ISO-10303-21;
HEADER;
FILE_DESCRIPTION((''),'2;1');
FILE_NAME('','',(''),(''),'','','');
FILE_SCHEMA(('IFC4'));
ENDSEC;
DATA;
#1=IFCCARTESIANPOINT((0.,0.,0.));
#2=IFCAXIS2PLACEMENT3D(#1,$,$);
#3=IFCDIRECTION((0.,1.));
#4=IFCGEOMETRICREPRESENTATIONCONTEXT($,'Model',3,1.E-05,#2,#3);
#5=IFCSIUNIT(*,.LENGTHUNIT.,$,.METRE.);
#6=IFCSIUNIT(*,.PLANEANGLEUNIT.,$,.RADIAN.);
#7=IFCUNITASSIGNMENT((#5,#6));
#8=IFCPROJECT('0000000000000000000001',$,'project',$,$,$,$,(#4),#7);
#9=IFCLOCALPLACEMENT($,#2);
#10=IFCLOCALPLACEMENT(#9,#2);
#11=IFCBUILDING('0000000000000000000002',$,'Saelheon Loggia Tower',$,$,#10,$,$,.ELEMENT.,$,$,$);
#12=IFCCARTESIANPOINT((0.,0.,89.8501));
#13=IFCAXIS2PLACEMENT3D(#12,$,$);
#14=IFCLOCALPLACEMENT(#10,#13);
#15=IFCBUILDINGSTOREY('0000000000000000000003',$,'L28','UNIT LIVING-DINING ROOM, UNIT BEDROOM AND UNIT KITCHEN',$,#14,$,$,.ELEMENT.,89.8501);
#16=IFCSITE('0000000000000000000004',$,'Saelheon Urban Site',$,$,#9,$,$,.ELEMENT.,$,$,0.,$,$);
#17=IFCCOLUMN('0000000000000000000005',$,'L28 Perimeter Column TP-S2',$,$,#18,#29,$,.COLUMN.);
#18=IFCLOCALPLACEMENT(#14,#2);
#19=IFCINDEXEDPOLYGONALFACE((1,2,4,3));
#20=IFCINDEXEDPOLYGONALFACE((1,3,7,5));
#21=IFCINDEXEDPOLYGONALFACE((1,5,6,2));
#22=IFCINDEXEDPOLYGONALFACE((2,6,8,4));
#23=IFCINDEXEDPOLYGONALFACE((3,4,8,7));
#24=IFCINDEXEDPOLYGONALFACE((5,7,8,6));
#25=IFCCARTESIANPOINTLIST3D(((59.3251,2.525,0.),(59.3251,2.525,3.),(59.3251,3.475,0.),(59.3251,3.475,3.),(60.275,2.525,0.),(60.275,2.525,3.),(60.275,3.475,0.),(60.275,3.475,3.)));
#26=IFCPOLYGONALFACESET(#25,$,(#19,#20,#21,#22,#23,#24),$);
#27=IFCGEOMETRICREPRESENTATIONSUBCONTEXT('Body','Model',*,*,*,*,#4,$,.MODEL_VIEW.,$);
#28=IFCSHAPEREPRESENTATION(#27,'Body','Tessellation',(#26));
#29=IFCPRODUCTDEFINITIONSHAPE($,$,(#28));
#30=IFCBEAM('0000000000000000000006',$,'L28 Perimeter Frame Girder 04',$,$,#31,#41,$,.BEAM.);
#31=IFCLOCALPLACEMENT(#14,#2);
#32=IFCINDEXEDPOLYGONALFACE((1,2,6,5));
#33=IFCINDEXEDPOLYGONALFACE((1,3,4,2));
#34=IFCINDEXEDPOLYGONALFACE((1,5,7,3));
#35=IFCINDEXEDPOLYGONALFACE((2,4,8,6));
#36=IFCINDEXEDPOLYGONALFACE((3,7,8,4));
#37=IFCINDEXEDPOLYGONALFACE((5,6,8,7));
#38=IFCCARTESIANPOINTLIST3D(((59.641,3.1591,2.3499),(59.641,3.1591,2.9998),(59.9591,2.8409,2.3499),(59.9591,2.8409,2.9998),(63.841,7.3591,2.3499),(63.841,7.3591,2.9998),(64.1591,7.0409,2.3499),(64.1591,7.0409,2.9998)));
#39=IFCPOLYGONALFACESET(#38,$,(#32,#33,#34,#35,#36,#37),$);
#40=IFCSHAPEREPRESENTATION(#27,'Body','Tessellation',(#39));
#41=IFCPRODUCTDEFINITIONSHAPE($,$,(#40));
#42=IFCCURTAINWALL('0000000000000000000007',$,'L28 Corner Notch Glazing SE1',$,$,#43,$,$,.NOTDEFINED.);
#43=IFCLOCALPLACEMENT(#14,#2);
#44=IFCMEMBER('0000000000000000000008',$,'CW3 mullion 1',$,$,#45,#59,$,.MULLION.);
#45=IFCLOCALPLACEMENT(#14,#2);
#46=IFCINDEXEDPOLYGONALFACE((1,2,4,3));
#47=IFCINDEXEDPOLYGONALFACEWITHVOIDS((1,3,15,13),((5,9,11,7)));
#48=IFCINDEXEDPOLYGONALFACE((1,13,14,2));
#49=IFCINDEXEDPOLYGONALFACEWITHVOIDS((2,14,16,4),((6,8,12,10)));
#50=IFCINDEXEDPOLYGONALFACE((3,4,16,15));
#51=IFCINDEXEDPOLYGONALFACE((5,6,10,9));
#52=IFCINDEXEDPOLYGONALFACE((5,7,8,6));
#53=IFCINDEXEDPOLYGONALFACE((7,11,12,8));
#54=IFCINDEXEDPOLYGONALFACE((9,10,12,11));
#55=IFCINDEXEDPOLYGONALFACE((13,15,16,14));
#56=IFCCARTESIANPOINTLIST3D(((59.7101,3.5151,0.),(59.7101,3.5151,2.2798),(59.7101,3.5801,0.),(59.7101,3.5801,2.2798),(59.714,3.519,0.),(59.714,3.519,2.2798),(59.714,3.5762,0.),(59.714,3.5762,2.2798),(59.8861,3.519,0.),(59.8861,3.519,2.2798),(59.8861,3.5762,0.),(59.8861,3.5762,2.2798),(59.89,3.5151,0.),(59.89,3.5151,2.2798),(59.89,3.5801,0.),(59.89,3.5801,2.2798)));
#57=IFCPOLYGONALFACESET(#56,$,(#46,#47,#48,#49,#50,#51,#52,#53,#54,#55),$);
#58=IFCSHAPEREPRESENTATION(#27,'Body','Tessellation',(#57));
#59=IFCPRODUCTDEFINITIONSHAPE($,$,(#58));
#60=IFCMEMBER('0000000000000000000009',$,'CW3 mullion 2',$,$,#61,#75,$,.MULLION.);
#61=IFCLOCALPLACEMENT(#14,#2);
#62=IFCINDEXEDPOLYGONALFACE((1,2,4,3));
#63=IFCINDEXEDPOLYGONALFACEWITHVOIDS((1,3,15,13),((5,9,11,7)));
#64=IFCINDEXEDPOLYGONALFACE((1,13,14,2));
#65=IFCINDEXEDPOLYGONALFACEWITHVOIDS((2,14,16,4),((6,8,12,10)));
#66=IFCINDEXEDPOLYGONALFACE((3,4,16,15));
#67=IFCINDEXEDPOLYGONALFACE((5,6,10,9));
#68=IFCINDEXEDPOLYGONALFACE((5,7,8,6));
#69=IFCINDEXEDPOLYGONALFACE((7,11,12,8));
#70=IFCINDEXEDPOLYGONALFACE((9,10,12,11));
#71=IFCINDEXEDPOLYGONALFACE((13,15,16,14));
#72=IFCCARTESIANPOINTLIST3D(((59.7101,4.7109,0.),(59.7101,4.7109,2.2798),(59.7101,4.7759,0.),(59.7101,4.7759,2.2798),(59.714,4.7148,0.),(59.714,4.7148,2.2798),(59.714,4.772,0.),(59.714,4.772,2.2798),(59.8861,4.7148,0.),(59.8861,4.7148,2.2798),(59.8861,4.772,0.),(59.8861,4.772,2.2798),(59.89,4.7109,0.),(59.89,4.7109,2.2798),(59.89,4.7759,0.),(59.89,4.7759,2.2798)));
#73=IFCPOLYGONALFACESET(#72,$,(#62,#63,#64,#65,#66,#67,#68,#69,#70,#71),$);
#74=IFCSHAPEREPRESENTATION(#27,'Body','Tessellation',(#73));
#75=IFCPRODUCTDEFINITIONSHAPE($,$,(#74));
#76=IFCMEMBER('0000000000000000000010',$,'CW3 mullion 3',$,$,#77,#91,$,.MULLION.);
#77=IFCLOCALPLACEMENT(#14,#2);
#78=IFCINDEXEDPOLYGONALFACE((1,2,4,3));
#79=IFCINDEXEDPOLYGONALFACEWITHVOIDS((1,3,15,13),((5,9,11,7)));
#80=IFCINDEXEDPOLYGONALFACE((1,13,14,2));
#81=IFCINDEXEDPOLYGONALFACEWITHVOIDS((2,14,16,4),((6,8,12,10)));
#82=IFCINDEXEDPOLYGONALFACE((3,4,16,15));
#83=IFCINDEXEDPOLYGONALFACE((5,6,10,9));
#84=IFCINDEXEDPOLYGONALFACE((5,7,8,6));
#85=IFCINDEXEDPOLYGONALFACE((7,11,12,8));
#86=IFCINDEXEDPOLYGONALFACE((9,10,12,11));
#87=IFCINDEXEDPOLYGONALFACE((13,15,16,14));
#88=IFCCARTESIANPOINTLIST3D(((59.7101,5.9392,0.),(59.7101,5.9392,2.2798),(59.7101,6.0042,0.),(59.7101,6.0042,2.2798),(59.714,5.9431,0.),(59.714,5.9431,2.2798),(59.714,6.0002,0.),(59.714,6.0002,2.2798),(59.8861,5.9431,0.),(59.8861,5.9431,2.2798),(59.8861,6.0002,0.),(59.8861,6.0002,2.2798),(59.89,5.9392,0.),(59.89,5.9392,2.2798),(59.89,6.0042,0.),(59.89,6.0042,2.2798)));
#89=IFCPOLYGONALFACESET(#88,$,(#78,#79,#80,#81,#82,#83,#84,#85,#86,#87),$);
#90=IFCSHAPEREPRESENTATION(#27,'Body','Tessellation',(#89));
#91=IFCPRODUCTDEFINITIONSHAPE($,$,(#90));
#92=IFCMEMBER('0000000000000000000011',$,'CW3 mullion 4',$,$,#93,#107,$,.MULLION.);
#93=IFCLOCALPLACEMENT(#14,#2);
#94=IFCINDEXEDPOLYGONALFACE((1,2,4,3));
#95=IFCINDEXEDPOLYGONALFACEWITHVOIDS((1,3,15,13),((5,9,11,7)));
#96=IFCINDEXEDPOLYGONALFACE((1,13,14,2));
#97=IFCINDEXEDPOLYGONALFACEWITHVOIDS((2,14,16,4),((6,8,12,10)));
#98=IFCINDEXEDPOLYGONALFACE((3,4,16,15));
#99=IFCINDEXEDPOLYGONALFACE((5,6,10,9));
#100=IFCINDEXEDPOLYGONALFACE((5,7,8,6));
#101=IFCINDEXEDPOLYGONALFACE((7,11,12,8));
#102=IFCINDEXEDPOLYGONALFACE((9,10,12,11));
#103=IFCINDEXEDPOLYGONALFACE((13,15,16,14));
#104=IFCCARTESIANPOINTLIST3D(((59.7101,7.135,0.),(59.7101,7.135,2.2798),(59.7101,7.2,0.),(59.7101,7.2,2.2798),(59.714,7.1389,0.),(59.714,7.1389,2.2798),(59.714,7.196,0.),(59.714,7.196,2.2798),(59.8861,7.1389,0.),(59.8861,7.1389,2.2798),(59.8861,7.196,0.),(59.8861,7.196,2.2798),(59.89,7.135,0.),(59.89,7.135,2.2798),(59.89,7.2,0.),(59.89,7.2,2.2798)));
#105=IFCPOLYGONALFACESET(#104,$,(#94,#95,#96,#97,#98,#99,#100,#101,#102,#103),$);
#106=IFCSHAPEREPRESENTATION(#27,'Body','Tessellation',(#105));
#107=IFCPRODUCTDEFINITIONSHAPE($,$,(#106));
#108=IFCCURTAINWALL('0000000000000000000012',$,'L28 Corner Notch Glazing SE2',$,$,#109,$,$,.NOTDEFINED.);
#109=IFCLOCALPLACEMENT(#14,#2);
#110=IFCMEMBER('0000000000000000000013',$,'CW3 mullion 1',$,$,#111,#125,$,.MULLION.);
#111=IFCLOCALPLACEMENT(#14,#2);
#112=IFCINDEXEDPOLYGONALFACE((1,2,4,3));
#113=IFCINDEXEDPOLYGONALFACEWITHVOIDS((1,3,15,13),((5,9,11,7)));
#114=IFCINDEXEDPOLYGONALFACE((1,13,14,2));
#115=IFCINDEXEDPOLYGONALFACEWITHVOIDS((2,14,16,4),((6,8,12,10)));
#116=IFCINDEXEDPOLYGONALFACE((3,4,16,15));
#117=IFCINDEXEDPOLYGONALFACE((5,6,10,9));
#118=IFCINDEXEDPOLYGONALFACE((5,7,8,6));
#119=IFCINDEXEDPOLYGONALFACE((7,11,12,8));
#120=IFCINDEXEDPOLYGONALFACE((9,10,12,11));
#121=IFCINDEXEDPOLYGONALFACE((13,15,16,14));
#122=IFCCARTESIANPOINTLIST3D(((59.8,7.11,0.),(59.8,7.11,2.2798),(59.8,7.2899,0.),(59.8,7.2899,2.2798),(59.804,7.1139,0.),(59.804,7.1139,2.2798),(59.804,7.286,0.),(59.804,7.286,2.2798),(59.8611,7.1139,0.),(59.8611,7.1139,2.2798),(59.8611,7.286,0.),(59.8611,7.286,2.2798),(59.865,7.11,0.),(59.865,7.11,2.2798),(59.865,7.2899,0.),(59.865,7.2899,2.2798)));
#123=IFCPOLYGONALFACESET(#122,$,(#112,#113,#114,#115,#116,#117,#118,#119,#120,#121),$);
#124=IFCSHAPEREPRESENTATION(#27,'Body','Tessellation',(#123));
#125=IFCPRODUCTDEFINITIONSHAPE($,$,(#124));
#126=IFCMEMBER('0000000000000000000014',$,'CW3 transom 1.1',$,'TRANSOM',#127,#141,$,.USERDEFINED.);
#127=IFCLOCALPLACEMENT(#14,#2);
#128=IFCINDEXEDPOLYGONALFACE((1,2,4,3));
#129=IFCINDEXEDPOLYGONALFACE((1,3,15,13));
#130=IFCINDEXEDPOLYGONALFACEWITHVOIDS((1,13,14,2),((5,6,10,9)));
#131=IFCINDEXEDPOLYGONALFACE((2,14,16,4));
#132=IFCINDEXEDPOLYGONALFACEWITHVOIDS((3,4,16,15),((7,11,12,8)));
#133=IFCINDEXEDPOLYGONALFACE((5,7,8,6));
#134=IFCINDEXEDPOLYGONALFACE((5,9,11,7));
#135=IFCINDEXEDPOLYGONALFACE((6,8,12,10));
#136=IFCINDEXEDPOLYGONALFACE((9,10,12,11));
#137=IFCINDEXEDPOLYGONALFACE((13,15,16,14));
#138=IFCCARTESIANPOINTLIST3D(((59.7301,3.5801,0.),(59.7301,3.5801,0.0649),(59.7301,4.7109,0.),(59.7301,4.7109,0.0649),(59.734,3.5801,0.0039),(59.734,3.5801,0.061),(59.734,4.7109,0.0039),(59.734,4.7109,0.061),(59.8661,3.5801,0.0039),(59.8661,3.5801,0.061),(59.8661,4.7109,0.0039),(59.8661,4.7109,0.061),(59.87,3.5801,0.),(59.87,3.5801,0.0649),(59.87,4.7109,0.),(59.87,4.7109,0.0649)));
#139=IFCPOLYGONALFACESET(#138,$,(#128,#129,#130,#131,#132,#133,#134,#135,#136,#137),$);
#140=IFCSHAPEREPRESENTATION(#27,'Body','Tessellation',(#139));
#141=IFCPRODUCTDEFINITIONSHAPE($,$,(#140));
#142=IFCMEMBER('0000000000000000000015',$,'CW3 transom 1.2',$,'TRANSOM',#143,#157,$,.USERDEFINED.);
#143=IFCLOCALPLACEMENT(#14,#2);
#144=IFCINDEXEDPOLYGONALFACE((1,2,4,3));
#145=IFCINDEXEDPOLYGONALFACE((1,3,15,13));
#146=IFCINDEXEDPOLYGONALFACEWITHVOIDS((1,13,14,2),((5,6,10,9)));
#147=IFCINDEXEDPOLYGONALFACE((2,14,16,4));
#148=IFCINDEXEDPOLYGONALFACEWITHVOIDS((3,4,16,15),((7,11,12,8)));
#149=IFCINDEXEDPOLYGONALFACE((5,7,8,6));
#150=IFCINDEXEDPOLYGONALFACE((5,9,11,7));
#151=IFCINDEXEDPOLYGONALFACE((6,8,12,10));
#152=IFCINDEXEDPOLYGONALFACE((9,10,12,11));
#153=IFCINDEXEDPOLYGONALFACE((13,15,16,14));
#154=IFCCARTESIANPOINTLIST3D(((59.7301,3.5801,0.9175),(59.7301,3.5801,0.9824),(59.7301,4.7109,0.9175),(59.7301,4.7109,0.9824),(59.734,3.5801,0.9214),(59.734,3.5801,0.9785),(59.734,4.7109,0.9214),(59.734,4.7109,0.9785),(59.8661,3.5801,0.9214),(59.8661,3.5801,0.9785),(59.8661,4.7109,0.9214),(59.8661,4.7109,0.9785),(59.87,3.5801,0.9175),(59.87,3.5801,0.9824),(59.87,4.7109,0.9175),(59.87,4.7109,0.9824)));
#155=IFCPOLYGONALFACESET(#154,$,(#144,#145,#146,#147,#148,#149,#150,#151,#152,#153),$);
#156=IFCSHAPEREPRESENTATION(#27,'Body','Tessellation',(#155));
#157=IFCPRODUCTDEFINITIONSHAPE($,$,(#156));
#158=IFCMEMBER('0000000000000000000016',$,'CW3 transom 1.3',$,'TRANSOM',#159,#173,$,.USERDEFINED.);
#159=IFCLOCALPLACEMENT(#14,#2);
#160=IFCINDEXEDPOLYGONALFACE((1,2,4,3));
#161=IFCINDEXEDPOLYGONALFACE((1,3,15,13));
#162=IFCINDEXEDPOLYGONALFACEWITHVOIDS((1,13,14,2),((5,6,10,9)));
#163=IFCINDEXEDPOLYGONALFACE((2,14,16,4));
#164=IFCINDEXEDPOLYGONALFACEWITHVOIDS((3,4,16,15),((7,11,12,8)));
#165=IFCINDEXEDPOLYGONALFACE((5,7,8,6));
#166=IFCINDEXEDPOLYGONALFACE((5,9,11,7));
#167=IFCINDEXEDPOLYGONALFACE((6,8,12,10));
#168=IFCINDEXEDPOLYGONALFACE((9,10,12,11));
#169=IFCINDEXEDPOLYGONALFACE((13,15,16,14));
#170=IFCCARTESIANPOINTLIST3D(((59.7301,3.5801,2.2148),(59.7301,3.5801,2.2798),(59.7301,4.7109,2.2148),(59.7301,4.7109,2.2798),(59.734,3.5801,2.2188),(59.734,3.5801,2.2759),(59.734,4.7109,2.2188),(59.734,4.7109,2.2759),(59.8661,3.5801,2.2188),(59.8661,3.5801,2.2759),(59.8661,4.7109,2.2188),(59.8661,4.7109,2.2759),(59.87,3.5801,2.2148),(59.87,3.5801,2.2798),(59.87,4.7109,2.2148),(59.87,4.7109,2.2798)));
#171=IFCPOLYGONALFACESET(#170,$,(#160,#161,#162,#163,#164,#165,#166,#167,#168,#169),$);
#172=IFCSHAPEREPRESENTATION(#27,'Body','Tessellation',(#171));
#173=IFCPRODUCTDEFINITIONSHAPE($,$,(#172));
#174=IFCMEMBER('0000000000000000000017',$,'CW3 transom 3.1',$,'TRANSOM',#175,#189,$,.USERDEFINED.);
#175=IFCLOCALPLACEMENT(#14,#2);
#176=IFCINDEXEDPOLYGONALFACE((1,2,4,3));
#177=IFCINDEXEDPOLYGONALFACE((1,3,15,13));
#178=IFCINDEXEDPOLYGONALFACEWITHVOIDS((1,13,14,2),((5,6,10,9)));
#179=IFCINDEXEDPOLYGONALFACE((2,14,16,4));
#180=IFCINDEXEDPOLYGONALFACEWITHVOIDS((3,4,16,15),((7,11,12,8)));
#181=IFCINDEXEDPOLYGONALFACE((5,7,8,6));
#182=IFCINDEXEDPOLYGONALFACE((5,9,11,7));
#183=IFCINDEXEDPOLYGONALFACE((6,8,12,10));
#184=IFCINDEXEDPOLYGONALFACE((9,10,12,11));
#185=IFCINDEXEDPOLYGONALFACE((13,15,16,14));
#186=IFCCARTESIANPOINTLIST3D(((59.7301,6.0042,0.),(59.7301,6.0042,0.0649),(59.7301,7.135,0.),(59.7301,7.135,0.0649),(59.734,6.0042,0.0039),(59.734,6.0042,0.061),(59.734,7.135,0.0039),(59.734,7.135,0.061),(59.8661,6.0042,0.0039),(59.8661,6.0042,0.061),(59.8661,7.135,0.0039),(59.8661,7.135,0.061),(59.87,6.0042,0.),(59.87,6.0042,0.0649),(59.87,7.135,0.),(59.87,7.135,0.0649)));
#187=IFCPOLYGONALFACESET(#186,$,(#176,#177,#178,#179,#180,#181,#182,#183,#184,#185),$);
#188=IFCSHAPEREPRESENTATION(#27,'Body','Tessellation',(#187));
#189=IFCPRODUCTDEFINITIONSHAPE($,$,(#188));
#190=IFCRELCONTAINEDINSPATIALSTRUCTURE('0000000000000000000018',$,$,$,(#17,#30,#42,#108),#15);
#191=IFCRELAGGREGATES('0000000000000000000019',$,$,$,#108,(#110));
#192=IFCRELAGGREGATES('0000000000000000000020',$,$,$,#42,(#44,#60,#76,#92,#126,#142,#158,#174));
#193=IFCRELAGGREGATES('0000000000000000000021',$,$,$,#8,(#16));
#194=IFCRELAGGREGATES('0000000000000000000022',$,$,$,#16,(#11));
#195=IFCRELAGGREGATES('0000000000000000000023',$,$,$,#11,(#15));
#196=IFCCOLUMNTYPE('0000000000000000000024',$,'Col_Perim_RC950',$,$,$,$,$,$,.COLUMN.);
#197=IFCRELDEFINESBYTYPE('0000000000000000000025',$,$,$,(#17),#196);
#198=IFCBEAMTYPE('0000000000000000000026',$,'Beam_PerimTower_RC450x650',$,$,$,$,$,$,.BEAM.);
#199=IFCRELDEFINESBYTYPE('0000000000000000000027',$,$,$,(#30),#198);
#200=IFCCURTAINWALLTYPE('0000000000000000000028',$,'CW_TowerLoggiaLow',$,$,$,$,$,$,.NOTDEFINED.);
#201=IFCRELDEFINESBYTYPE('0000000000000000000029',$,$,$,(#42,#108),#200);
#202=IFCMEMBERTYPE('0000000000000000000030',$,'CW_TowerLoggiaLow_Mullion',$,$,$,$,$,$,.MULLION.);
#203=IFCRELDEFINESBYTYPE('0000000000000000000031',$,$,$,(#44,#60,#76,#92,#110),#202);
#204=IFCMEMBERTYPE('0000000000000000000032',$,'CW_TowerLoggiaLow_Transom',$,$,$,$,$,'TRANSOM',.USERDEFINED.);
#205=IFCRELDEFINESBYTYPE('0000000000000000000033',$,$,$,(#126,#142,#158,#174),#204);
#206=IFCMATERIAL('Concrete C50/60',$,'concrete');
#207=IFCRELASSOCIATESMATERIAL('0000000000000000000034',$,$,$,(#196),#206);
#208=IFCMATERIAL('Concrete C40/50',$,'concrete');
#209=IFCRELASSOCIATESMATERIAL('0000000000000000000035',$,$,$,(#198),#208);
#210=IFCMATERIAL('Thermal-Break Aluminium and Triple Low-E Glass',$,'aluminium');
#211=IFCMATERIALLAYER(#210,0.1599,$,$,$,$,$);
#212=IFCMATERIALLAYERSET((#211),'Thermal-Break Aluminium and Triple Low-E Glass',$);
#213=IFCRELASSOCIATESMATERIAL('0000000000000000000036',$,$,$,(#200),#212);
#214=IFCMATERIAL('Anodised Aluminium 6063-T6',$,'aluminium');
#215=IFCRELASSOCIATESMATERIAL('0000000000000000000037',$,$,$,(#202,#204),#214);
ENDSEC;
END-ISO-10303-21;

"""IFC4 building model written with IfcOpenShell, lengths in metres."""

from ifc_helpers import new_model, si_unit, direction, frame, origin, origin_2d, place, context, subcontext, project, spatial, rectangle, hollow_rectangle, extrude, source, transform, mapped, material, layer, layer_set, material_profile, profile_set, type_object, element, aggregate, save


model = new_model("IFC4")

# Units and contexts
model_context = context("Model", 3, precision=1e-05, world=origin(), true_north=direction((0.0, 1.0)))
body_context = subcontext(model_context, "Body", "Model", "MODEL_VIEW")
ifc_project = project(units=[si_unit("LENGTHUNIT", "METRE"), si_unit("PLANEANGLEUNIT", "RADIAN")], contexts=[model_context])

# Site, building, storey
site_placement = place(None, origin())
site = spatial("IfcSite", under=ifc_project, at=site_placement, Name="Saelheon Urban Site", CompositionType="ELEMENT", RefElevation=0.0)
building_placement = place(site_placement, origin())
building = spatial("IfcBuilding", under=site, at=building_placement, Name="Saelheon Loggia Tower", CompositionType="ELEMENT")
storey_placement = place(building_placement, frame((0.0, 0.0, 89.8501)))
storey = spatial("IfcBuildingStorey", under=building, at=storey_placement, Name="L28", Description="UNIT LIVING-DINING ROOM, UNIT BEDROOM AND UNIT KITCHEN", CompositionType="ELEMENT", Elevation=89.8501)

# Column
ifc_material_1 = material(Name="Concrete C50/60", Category="concrete")
ifc_material_profile_1 = material_profile(ifc_material_1, rectangle(XDim=0.95, YDim=0.95, at=origin_2d()), Name="RC-950x950")
ifc_profile_set_1 = profile_set([ifc_material_profile_1], Name="Concrete C50/60")
column_type = type_object("IfcColumnType", Name="Col_Perim_RC950", PredefinedType="COLUMN", material=ifc_profile_set_1)
shared_shape_1 = source(origin(), body_context, "Body", "SweptSolid", [
    extrude(rectangle(XDim=0.95, YDim=0.95, at=origin_2d()), origin(), (0.0, 0.0, 1.0), 3.0),
])
column_placement = place(storey_placement, frame((59.8, 3.0, 0.0), z_axis=(0.0, 0.0, 1.0), x_axis=(1.0, 0.0, 0.0)))
element("IfcColumn", 1, at=column_placement, inside=storey, type_object=column_type, Name="L28 Perimeter Column TP-S2", PredefinedType="COLUMN", context=body_context, shape_type="MappedRepresentation", body=[
    mapped(shared_shape_1, transform((0.0, 0.0, 0.0), scale=1.0)),
])

# Beam
ifc_material_2 = material(Name="Concrete C40/50", Category="concrete")
ifc_material_profile_2 = material_profile(ifc_material_2, rectangle(XDim=0.45, YDim=0.6499, at=origin_2d()), Name="RC-450x650")
ifc_profile_set_2 = profile_set([ifc_material_profile_2], Name="Concrete C40/50")
beam_type = type_object("IfcBeamType", Name="Beam_PerimTower_RC450x650", PredefinedType="BEAM", material=ifc_profile_set_2)
shared_shape_2 = source(origin(), body_context, "Body", "SweptSolid", [
    extrude(rectangle(XDim=0.45, YDim=0.6499, at=origin_2d()), origin(), (0.0, 0.0, 1.0), 5.9397),
])
beam_placement = place(storey_placement, frame((59.8, 3.0, 2.6748), z_axis=(0.707107, 0.707107, 0.0), x_axis=(-0.707107, 0.707107, 0.0)))
element("IfcBeam", 2, at=beam_placement, inside=storey, type_object=beam_type, Name="L28 Perimeter Frame Girder 04", PredefinedType="BEAM", context=body_context, shape_type="MappedRepresentation", body=[
    mapped(shared_shape_2, transform((0.0, 0.0, 0.0), scale=1.0)),
])

# Curtain wall, members
ifc_material_3 = material(Name="Thermal-Break Aluminium and Triple Low-E Glass", Category="aluminium")
ifc_layer_1 = layer(ifc_material_3, 0.1599)
ifc_layer_set_1 = layer_set([ifc_layer_1], Name="Thermal-Break Aluminium and Triple Low-E Glass")
curtain_wall_type = type_object("IfcCurtainWallType", Name="CW_TowerLoggiaLow", PredefinedType="NOTDEFINED", material=ifc_layer_set_1)
curtain_wall_1_placement = place(storey_placement, origin())
curtain_wall_1 = element("IfcCurtainWall", 3, at=curtain_wall_1_placement, inside=storey, type_object=curtain_wall_type, Name="L28 Corner Notch Glazing SE1", PredefinedType="NOTDEFINED")
ifc_material_4 = material(Name="Anodised Aluminium 6063-T6", Category="aluminium")
ifc_material_profile_3 = material_profile(ifc_material_4, hollow_rectangle(XDim=0.0649, YDim=0.1799, WallThickness=0.0039, at=origin_2d()), Name="RHS-180x65x4")
ifc_profile_set_3 = profile_set([ifc_material_profile_3], Name="Anodised Aluminium 6063-T6")
member_type_1 = type_object("IfcMemberType", Name="CW_TowerLoggiaLow_Mullion", PredefinedType="MULLION", material=ifc_profile_set_3)
shared_shape_3 = source(origin(), body_context, "Body", "SweptSolid", [
    extrude(hollow_rectangle(XDim=0.0649, YDim=0.1799, WallThickness=0.0039, at=origin_2d()), origin(), (0.0, 0.0, 1.0), 2.2798),
])
member_1_placement = place(storey_placement, frame((59.8, 3.5476, 0.0), z_axis=(0.0, 0.0, 1.0), x_axis=(0.0, 1.0, 0.0)))
member_1 = element("IfcMember", 4, at=member_1_placement, type_object=member_type_1, Name="CW3 mullion 1", PredefinedType="MULLION", context=body_context, shape_type="MappedRepresentation", body=[
    mapped(shared_shape_3, transform((0.0, 0.0, 0.0), scale=1.0)),
])
member_2_placement = place(storey_placement, frame((59.8, 4.7434, 0.0), z_axis=(0.0, 0.0, 1.0), x_axis=(0.0, 1.0, 0.0)))
member_2 = element("IfcMember", 5, at=member_2_placement, type_object=member_type_1, Name="CW3 mullion 2", PredefinedType="MULLION", context=body_context, shape_type="MappedRepresentation", body=[
    mapped(shared_shape_3, transform((0.0, 0.0, 0.0), scale=1.0)),
])
member_3_placement = place(storey_placement, frame((59.8, 5.9717, 0.0), z_axis=(0.0, 0.0, 1.0), x_axis=(0.0, 1.0, 0.0)))
member_3 = element("IfcMember", 6, at=member_3_placement, type_object=member_type_1, Name="CW3 mullion 3", PredefinedType="MULLION", context=body_context, shape_type="MappedRepresentation", body=[
    mapped(shared_shape_3, transform((0.0, 0.0, 0.0), scale=1.0)),
])
member_4_placement = place(storey_placement, frame((59.8, 7.1675, 0.0), z_axis=(0.0, 0.0, 1.0), x_axis=(0.0, 1.0, 0.0)))
member_4 = element("IfcMember", 7, at=member_4_placement, type_object=member_type_1, Name="CW3 mullion 4", PredefinedType="MULLION", context=body_context, shape_type="MappedRepresentation", body=[
    mapped(shared_shape_3, transform((0.0, 0.0, 0.0), scale=1.0)),
])

# Curtain wall, member
curtain_wall_2_placement = place(storey_placement, origin())
curtain_wall_2 = element("IfcCurtainWall", 8, at=curtain_wall_2_placement, inside=storey, type_object=curtain_wall_type, Name="L28 Corner Notch Glazing SE2", PredefinedType="NOTDEFINED")
member_5_placement = place(storey_placement, frame((59.8325, 7.2, 0.0), z_axis=(0.0, 0.0, 1.0), x_axis=(1.0, 0.0, 0.0)))
member_5 = element("IfcMember", 9, at=member_5_placement, type_object=member_type_1, Name="CW3 mullion 1", PredefinedType="MULLION", context=body_context, shape_type="MappedRepresentation", body=[
    mapped(shared_shape_3, transform((0.0, 0.0, 0.0), scale=1.0)),
])

# Members
ifc_material_profile_4 = material_profile(ifc_material_4, hollow_rectangle(XDim=0.0649, YDim=0.1399, WallThickness=0.0039, at=origin_2d()), Name="RHS-140x65x4")
ifc_profile_set_4 = profile_set([ifc_material_profile_4], Name="Anodised Aluminium 6063-T6")
member_type_2 = type_object("IfcMemberType", Name="CW_TowerLoggiaLow_Transom", ElementType="TRANSOM", PredefinedType="USERDEFINED", material=ifc_profile_set_4)
shared_shape_4 = source(origin(), body_context, "Body", "SweptSolid", [
    extrude(hollow_rectangle(XDim=0.0649, YDim=0.1399, WallThickness=0.0039, at=origin_2d()), origin(), (0.0, 0.0, 1.0), 1.1309),
])
member_6_placement = place(storey_placement, frame((59.8, 3.5801, 0.0325), z_axis=(0.0, 1.0, 0.0), x_axis=(0.0, 0.0, 1.0)))
member_6 = element("IfcMember", 10, at=member_6_placement, type_object=member_type_2, Name="CW3 transom 1.1", ObjectType="TRANSOM", PredefinedType="USERDEFINED", context=body_context, shape_type="MappedRepresentation", body=[
    mapped(shared_shape_4, transform((0.0, 0.0, 0.0), scale=1.0)),
])
member_7_placement = place(storey_placement, frame((59.8, 3.5801, 0.95), z_axis=(0.0, 1.0, 0.0), x_axis=(0.0, 0.0, 1.0)))
member_7 = element("IfcMember", 11, at=member_7_placement, type_object=member_type_2, Name="CW3 transom 1.2", ObjectType="TRANSOM", PredefinedType="USERDEFINED", context=body_context, shape_type="MappedRepresentation", body=[
    mapped(shared_shape_4, transform((0.0, 0.0, 0.0), scale=1.0)),
])
member_8_placement = place(storey_placement, frame((59.8, 3.5801, 2.2473), z_axis=(0.0, 1.0, 0.0), x_axis=(0.0, 0.0, 1.0)))
member_8 = element("IfcMember", 12, at=member_8_placement, type_object=member_type_2, Name="CW3 transom 1.3", ObjectType="TRANSOM", PredefinedType="USERDEFINED", context=body_context, shape_type="MappedRepresentation", body=[
    mapped(shared_shape_4, transform((0.0, 0.0, 0.0), scale=1.0)),
])
member_9_placement = place(storey_placement, frame((59.8, 6.0042, 0.0325), z_axis=(0.0, 1.0, 0.0), x_axis=(0.0, 0.0, 1.0)))
member_9 = element("IfcMember", 13, at=member_9_placement, type_object=member_type_2, Name="CW3 transom 3.1", ObjectType="TRANSOM", PredefinedType="USERDEFINED", context=body_context, shape_type="MappedRepresentation", body=[
    mapped(shared_shape_4, transform((0.0, 0.0, 0.0), scale=1.0)),
])

aggregate(curtain_wall_2, [member_5])
aggregate(curtain_wall_1, [member_1, member_2, member_3, member_4, member_6, member_7, member_8, member_9])

save(model, "model.ifc")
